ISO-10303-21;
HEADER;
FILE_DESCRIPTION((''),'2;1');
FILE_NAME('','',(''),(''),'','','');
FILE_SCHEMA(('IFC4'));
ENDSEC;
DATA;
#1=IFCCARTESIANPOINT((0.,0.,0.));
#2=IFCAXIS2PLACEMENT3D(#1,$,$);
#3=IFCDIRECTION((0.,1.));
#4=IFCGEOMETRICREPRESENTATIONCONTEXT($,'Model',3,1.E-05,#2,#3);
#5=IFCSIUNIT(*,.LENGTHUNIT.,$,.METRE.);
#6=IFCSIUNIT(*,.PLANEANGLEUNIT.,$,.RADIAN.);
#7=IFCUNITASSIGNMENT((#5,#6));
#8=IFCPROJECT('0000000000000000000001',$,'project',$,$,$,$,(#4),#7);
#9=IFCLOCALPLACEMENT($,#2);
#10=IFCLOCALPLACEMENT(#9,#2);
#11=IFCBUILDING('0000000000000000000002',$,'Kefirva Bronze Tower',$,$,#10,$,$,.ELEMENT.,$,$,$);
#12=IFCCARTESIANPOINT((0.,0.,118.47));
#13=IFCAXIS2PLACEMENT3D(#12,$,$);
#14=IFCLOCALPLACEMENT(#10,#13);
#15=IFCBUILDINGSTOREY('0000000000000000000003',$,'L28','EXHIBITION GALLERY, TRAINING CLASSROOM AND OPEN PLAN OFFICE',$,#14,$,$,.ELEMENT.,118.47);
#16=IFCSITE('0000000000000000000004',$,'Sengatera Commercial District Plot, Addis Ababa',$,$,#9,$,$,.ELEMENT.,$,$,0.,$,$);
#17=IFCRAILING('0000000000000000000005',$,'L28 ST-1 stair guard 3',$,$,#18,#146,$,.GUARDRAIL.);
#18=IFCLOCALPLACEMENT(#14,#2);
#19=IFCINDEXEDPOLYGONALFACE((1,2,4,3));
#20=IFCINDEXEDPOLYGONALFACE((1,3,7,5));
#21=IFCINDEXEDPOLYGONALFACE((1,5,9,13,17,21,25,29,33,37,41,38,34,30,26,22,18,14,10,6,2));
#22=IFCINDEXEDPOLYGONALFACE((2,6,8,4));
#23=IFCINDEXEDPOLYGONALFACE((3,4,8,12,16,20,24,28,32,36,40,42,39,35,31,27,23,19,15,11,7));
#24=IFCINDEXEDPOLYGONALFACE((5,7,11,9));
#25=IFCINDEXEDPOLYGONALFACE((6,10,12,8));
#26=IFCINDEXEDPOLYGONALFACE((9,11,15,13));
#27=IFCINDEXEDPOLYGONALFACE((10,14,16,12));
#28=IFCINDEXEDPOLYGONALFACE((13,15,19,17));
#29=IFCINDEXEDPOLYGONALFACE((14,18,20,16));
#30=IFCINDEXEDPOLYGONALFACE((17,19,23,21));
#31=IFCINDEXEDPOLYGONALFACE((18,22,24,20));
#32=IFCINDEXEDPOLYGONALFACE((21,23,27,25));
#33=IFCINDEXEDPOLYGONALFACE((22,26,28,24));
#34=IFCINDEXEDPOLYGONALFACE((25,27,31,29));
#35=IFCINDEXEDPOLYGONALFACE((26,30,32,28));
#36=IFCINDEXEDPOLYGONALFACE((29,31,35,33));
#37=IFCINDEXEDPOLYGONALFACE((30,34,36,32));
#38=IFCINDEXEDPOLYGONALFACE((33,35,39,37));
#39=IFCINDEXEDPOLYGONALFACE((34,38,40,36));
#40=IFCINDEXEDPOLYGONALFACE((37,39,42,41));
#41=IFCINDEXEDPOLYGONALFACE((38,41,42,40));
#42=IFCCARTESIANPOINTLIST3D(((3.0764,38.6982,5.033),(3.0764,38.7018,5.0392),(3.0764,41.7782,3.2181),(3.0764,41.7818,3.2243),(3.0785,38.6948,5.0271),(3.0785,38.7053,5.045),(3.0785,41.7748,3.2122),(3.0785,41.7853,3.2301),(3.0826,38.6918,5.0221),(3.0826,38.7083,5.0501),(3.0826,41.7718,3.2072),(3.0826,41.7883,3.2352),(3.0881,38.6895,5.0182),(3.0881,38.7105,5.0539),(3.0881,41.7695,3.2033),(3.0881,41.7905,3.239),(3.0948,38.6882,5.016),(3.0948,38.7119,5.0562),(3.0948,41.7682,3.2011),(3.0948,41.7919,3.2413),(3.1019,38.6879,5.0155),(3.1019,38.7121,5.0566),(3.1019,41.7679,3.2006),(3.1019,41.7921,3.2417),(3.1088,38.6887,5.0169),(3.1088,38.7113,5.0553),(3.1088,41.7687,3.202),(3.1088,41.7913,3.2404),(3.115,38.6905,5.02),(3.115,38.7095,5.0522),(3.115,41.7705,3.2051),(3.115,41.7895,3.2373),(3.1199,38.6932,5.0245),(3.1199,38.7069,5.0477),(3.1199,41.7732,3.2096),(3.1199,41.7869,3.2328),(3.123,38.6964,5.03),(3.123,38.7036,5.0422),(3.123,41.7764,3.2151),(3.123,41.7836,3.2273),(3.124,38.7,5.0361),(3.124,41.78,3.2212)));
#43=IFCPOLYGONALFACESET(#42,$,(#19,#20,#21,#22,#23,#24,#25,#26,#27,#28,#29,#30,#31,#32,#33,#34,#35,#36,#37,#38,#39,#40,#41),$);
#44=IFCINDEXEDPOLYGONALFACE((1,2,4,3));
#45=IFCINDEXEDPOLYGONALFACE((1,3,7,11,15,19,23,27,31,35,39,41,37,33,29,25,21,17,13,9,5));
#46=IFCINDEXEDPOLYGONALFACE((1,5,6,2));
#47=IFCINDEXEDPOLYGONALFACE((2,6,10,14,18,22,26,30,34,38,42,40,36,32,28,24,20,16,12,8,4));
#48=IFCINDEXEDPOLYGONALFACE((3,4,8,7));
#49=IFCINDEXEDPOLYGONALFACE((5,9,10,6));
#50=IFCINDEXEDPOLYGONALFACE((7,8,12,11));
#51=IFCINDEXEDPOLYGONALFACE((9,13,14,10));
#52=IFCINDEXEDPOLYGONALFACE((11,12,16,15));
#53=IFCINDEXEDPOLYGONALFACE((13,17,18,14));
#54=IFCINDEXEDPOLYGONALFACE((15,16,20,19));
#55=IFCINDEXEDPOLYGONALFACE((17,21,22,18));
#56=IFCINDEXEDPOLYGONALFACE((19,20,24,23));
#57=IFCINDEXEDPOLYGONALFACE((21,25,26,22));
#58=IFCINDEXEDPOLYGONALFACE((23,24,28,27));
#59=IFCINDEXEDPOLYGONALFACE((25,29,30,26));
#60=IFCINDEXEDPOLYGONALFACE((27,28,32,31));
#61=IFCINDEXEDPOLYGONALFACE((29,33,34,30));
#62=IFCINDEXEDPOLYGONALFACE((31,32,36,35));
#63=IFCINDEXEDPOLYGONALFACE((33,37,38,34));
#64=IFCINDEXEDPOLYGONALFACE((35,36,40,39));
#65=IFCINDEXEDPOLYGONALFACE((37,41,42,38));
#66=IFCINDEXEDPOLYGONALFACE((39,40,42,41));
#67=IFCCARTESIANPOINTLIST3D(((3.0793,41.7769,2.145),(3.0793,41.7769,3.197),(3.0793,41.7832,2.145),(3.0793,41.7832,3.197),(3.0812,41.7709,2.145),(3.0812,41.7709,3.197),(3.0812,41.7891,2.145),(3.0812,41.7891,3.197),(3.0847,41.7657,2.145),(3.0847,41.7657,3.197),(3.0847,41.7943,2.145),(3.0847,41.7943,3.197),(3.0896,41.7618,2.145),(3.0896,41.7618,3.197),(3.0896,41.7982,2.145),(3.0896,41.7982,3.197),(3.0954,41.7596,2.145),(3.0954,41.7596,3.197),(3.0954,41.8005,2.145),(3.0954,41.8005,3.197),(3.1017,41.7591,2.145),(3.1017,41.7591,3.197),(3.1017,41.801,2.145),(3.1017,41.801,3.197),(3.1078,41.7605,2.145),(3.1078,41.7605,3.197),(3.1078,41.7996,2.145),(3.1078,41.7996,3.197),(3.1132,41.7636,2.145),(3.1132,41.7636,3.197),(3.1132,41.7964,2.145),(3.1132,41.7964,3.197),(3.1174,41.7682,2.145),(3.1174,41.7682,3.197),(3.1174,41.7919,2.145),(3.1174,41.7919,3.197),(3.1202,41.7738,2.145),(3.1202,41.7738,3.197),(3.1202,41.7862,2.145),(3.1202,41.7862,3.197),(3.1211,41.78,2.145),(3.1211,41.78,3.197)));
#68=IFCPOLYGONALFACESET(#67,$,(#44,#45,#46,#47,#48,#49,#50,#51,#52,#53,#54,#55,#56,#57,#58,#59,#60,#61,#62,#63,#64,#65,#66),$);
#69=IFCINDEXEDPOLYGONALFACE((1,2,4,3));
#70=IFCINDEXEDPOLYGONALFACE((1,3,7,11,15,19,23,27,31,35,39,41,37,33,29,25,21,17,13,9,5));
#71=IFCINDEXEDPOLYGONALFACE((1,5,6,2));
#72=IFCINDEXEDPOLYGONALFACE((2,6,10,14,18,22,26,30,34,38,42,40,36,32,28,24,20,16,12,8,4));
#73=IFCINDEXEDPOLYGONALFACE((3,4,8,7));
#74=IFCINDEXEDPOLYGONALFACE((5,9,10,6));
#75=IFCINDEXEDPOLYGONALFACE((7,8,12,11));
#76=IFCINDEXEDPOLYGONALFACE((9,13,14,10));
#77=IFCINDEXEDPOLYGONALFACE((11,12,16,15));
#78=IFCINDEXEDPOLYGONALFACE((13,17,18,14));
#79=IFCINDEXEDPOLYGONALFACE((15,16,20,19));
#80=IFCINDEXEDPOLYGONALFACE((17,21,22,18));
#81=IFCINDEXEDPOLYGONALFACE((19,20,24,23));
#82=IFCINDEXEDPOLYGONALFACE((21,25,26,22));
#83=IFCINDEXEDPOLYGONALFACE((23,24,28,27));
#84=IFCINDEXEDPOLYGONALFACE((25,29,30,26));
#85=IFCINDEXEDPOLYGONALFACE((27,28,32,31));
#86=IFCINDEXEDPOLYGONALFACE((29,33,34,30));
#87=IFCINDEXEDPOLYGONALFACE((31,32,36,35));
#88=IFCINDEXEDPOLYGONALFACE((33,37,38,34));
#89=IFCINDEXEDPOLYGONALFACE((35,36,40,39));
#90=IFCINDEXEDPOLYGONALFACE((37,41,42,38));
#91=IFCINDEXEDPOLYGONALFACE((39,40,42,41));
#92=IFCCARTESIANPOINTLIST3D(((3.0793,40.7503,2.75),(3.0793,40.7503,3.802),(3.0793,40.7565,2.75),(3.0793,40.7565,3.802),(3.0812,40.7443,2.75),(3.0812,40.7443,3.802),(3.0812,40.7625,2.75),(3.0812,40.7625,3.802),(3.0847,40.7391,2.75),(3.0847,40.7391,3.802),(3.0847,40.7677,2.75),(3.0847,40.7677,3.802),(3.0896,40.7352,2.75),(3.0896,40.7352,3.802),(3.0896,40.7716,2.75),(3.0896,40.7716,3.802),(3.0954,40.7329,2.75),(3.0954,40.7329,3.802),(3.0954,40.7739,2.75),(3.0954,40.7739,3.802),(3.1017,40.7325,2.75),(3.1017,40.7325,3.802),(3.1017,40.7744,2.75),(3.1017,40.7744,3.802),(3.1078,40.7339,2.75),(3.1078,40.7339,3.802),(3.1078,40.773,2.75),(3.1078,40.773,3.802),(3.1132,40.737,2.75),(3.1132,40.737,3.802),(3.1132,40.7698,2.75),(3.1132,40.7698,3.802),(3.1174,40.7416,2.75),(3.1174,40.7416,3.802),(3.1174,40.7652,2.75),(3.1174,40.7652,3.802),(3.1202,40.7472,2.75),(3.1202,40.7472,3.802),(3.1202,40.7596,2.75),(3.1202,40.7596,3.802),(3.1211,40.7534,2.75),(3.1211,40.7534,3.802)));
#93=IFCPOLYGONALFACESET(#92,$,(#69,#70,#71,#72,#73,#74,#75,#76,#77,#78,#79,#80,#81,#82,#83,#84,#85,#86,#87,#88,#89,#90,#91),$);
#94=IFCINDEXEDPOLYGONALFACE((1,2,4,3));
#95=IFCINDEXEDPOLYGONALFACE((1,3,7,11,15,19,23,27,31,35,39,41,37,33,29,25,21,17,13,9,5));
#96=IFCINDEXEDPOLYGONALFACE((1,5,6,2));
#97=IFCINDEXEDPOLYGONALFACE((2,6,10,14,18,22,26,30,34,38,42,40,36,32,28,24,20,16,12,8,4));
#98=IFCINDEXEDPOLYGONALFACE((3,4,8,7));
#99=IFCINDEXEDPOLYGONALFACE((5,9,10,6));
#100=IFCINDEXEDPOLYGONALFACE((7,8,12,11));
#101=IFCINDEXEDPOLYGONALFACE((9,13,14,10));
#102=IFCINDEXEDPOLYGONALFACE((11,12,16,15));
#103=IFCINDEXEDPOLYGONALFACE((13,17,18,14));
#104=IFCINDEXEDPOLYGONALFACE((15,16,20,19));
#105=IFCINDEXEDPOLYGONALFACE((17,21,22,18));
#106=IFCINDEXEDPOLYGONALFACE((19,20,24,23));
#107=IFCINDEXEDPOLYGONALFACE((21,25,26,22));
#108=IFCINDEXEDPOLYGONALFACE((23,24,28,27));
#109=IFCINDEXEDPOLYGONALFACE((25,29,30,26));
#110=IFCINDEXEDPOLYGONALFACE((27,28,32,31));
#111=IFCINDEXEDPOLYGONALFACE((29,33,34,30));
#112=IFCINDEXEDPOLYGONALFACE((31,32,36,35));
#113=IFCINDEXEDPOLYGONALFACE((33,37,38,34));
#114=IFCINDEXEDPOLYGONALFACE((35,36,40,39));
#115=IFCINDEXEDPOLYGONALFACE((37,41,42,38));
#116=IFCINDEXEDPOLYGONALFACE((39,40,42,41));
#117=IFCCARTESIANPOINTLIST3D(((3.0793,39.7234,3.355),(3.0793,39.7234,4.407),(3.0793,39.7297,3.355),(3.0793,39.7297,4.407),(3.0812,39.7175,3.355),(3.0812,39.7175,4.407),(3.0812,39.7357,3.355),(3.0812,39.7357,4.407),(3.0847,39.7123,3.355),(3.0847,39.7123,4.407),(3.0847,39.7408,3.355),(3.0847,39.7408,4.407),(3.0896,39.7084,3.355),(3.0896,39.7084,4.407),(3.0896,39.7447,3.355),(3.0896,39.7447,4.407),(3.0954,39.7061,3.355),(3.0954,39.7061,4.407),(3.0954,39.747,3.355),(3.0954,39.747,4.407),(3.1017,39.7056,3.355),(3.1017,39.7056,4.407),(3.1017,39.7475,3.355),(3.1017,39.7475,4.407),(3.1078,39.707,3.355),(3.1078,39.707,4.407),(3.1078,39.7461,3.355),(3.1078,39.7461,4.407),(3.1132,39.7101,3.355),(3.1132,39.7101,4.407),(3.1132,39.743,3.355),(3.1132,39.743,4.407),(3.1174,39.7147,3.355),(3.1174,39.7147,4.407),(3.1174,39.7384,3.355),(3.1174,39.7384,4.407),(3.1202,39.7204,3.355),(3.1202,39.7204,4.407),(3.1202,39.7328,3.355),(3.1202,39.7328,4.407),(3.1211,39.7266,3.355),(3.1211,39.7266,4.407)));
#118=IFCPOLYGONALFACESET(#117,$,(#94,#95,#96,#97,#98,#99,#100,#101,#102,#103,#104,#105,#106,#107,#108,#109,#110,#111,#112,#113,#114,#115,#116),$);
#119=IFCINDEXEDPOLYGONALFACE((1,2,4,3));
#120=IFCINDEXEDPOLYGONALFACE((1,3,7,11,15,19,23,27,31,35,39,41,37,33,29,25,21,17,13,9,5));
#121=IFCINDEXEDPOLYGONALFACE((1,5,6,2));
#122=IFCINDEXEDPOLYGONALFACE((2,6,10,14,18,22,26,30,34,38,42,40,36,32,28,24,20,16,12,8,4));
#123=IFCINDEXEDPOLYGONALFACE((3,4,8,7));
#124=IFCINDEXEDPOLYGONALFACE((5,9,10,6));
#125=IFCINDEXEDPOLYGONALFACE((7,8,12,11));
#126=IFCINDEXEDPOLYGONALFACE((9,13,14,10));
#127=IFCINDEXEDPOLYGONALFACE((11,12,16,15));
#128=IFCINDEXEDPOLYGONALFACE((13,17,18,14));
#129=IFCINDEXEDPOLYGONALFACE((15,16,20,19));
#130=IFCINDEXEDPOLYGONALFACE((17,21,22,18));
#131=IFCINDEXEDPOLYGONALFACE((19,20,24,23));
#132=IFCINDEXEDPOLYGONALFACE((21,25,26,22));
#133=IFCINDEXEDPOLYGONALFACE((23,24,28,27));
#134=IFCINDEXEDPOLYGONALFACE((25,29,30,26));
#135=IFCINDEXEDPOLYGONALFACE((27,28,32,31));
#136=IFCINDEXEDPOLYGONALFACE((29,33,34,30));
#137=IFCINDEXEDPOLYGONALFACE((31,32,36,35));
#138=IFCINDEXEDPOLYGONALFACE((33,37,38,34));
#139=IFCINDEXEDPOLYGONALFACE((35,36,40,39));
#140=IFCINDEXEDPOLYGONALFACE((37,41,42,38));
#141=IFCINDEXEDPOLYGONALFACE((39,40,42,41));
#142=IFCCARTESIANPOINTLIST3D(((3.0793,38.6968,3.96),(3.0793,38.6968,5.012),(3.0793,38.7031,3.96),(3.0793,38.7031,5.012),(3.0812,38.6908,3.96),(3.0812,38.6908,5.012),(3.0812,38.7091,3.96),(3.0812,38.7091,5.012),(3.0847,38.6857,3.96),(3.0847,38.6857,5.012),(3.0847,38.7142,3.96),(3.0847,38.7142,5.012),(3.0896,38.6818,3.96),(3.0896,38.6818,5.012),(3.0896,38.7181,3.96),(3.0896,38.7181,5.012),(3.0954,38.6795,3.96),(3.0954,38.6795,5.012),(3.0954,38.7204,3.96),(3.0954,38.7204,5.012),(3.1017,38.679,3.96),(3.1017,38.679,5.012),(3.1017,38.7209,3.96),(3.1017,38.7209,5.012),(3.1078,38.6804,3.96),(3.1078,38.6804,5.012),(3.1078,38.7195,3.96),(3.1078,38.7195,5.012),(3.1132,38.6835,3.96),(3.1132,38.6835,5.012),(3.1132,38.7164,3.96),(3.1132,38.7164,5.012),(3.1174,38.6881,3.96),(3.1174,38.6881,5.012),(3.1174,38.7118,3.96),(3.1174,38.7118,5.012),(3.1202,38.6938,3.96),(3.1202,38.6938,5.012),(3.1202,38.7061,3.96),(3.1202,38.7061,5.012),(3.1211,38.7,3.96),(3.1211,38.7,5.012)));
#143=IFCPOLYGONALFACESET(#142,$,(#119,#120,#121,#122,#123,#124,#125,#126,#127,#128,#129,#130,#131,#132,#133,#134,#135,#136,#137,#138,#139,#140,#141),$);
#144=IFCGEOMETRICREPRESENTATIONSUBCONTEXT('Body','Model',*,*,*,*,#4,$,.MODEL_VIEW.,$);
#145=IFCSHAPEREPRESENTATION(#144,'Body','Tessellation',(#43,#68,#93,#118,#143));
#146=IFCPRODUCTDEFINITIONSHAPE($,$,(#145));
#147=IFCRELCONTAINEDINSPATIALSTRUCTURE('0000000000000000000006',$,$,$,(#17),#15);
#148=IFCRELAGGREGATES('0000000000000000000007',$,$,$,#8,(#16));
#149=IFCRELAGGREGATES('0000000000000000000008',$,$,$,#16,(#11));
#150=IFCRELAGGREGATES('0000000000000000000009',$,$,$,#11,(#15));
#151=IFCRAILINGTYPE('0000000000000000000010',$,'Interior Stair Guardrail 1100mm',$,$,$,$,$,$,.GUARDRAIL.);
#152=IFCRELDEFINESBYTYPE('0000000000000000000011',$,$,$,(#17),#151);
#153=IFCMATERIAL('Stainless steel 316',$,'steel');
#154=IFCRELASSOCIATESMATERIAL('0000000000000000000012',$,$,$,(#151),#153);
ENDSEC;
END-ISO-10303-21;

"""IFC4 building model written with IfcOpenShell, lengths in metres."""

from ifc_helpers import new_model, si_unit, direction, frame, origin, origin_2d, place, context, subcontext, project, spatial, circle, extrude, material, type_object, element, save


model = new_model("IFC4")

# Units and contexts
model_context = context("Model", 3, precision=1e-05, world=origin(), true_north=direction((0.0, 1.0)))
body_context = subcontext(model_context, "Body", "Model", "MODEL_VIEW")
ifc_project = project(units=[si_unit("LENGTHUNIT", "METRE"), si_unit("PLANEANGLEUNIT", "RADIAN")], contexts=[model_context])

# Site, building, storey
site_placement = place(None, origin())
site = spatial("IfcSite", under=ifc_project, at=site_placement, Name="Sengatera Commercial District Plot, Addis Ababa", CompositionType="ELEMENT", RefElevation=0.0)
building_placement = place(site_placement, origin())
building = spatial("IfcBuilding", under=site, at=building_placement, Name="Kefirva Bronze Tower", CompositionType="ELEMENT")
storey_placement = place(building_placement, frame((0.0, 0.0, 118.47)))
storey = spatial("IfcBuildingStorey", under=building, at=storey_placement, Name="L28", Description="EXHIBITION GALLERY, TRAINING CLASSROOM AND OPEN PLAN OFFICE", CompositionType="ELEMENT", Elevation=118.47)

# Railing
ifc_material_1 = material(Name="Stainless steel 316", Category="steel")
railing_type_1 = type_object("IfcRailingType", Name="Interior Stair Guardrail 1100mm", PredefinedType="GUARDRAIL", material=ifc_material_1)
railing_1_placement = place(storey_placement, frame((3.1001, 41.78, 2.145)))
element("IfcRailing", 1, at=railing_1_placement, inside=storey, type_object=railing_type_1, Name="L28 ST-1 stair guard 3", PredefinedType="GUARDRAIL", context=body_context, shape_type="SweptSolid", body=[
    extrude(circle(Radius=0.0239, at=origin_2d()), frame((0.0, 0.0, 1.0762), z_axis=(0.0, -0.861551, 0.507671), x_axis=(1.0, 0.0, 0.0)), (0.0, 0.0, 1.0), 3.575),
    extrude(circle(Radius=0.021, at=origin_2d()), origin(), (0.0, 0.0, 1.0), 1.052),
    extrude(circle(Radius=0.021, at=origin_2d()), frame((0.0, -1.0266, 0.605)), (0.0, 0.0, 1.0), 1.052),
    extrude(circle(Radius=0.021, at=origin_2d()), frame((0.0, -2.0535, 1.21)), (0.0, 0.0, 1.0), 1.052),
    extrude(circle(Radius=0.021, at=origin_2d()), frame((0.0, -3.0801, 1.8149)), (0.0, 0.0, 1.0), 1.052),
])

save(model, "model.ifc")
